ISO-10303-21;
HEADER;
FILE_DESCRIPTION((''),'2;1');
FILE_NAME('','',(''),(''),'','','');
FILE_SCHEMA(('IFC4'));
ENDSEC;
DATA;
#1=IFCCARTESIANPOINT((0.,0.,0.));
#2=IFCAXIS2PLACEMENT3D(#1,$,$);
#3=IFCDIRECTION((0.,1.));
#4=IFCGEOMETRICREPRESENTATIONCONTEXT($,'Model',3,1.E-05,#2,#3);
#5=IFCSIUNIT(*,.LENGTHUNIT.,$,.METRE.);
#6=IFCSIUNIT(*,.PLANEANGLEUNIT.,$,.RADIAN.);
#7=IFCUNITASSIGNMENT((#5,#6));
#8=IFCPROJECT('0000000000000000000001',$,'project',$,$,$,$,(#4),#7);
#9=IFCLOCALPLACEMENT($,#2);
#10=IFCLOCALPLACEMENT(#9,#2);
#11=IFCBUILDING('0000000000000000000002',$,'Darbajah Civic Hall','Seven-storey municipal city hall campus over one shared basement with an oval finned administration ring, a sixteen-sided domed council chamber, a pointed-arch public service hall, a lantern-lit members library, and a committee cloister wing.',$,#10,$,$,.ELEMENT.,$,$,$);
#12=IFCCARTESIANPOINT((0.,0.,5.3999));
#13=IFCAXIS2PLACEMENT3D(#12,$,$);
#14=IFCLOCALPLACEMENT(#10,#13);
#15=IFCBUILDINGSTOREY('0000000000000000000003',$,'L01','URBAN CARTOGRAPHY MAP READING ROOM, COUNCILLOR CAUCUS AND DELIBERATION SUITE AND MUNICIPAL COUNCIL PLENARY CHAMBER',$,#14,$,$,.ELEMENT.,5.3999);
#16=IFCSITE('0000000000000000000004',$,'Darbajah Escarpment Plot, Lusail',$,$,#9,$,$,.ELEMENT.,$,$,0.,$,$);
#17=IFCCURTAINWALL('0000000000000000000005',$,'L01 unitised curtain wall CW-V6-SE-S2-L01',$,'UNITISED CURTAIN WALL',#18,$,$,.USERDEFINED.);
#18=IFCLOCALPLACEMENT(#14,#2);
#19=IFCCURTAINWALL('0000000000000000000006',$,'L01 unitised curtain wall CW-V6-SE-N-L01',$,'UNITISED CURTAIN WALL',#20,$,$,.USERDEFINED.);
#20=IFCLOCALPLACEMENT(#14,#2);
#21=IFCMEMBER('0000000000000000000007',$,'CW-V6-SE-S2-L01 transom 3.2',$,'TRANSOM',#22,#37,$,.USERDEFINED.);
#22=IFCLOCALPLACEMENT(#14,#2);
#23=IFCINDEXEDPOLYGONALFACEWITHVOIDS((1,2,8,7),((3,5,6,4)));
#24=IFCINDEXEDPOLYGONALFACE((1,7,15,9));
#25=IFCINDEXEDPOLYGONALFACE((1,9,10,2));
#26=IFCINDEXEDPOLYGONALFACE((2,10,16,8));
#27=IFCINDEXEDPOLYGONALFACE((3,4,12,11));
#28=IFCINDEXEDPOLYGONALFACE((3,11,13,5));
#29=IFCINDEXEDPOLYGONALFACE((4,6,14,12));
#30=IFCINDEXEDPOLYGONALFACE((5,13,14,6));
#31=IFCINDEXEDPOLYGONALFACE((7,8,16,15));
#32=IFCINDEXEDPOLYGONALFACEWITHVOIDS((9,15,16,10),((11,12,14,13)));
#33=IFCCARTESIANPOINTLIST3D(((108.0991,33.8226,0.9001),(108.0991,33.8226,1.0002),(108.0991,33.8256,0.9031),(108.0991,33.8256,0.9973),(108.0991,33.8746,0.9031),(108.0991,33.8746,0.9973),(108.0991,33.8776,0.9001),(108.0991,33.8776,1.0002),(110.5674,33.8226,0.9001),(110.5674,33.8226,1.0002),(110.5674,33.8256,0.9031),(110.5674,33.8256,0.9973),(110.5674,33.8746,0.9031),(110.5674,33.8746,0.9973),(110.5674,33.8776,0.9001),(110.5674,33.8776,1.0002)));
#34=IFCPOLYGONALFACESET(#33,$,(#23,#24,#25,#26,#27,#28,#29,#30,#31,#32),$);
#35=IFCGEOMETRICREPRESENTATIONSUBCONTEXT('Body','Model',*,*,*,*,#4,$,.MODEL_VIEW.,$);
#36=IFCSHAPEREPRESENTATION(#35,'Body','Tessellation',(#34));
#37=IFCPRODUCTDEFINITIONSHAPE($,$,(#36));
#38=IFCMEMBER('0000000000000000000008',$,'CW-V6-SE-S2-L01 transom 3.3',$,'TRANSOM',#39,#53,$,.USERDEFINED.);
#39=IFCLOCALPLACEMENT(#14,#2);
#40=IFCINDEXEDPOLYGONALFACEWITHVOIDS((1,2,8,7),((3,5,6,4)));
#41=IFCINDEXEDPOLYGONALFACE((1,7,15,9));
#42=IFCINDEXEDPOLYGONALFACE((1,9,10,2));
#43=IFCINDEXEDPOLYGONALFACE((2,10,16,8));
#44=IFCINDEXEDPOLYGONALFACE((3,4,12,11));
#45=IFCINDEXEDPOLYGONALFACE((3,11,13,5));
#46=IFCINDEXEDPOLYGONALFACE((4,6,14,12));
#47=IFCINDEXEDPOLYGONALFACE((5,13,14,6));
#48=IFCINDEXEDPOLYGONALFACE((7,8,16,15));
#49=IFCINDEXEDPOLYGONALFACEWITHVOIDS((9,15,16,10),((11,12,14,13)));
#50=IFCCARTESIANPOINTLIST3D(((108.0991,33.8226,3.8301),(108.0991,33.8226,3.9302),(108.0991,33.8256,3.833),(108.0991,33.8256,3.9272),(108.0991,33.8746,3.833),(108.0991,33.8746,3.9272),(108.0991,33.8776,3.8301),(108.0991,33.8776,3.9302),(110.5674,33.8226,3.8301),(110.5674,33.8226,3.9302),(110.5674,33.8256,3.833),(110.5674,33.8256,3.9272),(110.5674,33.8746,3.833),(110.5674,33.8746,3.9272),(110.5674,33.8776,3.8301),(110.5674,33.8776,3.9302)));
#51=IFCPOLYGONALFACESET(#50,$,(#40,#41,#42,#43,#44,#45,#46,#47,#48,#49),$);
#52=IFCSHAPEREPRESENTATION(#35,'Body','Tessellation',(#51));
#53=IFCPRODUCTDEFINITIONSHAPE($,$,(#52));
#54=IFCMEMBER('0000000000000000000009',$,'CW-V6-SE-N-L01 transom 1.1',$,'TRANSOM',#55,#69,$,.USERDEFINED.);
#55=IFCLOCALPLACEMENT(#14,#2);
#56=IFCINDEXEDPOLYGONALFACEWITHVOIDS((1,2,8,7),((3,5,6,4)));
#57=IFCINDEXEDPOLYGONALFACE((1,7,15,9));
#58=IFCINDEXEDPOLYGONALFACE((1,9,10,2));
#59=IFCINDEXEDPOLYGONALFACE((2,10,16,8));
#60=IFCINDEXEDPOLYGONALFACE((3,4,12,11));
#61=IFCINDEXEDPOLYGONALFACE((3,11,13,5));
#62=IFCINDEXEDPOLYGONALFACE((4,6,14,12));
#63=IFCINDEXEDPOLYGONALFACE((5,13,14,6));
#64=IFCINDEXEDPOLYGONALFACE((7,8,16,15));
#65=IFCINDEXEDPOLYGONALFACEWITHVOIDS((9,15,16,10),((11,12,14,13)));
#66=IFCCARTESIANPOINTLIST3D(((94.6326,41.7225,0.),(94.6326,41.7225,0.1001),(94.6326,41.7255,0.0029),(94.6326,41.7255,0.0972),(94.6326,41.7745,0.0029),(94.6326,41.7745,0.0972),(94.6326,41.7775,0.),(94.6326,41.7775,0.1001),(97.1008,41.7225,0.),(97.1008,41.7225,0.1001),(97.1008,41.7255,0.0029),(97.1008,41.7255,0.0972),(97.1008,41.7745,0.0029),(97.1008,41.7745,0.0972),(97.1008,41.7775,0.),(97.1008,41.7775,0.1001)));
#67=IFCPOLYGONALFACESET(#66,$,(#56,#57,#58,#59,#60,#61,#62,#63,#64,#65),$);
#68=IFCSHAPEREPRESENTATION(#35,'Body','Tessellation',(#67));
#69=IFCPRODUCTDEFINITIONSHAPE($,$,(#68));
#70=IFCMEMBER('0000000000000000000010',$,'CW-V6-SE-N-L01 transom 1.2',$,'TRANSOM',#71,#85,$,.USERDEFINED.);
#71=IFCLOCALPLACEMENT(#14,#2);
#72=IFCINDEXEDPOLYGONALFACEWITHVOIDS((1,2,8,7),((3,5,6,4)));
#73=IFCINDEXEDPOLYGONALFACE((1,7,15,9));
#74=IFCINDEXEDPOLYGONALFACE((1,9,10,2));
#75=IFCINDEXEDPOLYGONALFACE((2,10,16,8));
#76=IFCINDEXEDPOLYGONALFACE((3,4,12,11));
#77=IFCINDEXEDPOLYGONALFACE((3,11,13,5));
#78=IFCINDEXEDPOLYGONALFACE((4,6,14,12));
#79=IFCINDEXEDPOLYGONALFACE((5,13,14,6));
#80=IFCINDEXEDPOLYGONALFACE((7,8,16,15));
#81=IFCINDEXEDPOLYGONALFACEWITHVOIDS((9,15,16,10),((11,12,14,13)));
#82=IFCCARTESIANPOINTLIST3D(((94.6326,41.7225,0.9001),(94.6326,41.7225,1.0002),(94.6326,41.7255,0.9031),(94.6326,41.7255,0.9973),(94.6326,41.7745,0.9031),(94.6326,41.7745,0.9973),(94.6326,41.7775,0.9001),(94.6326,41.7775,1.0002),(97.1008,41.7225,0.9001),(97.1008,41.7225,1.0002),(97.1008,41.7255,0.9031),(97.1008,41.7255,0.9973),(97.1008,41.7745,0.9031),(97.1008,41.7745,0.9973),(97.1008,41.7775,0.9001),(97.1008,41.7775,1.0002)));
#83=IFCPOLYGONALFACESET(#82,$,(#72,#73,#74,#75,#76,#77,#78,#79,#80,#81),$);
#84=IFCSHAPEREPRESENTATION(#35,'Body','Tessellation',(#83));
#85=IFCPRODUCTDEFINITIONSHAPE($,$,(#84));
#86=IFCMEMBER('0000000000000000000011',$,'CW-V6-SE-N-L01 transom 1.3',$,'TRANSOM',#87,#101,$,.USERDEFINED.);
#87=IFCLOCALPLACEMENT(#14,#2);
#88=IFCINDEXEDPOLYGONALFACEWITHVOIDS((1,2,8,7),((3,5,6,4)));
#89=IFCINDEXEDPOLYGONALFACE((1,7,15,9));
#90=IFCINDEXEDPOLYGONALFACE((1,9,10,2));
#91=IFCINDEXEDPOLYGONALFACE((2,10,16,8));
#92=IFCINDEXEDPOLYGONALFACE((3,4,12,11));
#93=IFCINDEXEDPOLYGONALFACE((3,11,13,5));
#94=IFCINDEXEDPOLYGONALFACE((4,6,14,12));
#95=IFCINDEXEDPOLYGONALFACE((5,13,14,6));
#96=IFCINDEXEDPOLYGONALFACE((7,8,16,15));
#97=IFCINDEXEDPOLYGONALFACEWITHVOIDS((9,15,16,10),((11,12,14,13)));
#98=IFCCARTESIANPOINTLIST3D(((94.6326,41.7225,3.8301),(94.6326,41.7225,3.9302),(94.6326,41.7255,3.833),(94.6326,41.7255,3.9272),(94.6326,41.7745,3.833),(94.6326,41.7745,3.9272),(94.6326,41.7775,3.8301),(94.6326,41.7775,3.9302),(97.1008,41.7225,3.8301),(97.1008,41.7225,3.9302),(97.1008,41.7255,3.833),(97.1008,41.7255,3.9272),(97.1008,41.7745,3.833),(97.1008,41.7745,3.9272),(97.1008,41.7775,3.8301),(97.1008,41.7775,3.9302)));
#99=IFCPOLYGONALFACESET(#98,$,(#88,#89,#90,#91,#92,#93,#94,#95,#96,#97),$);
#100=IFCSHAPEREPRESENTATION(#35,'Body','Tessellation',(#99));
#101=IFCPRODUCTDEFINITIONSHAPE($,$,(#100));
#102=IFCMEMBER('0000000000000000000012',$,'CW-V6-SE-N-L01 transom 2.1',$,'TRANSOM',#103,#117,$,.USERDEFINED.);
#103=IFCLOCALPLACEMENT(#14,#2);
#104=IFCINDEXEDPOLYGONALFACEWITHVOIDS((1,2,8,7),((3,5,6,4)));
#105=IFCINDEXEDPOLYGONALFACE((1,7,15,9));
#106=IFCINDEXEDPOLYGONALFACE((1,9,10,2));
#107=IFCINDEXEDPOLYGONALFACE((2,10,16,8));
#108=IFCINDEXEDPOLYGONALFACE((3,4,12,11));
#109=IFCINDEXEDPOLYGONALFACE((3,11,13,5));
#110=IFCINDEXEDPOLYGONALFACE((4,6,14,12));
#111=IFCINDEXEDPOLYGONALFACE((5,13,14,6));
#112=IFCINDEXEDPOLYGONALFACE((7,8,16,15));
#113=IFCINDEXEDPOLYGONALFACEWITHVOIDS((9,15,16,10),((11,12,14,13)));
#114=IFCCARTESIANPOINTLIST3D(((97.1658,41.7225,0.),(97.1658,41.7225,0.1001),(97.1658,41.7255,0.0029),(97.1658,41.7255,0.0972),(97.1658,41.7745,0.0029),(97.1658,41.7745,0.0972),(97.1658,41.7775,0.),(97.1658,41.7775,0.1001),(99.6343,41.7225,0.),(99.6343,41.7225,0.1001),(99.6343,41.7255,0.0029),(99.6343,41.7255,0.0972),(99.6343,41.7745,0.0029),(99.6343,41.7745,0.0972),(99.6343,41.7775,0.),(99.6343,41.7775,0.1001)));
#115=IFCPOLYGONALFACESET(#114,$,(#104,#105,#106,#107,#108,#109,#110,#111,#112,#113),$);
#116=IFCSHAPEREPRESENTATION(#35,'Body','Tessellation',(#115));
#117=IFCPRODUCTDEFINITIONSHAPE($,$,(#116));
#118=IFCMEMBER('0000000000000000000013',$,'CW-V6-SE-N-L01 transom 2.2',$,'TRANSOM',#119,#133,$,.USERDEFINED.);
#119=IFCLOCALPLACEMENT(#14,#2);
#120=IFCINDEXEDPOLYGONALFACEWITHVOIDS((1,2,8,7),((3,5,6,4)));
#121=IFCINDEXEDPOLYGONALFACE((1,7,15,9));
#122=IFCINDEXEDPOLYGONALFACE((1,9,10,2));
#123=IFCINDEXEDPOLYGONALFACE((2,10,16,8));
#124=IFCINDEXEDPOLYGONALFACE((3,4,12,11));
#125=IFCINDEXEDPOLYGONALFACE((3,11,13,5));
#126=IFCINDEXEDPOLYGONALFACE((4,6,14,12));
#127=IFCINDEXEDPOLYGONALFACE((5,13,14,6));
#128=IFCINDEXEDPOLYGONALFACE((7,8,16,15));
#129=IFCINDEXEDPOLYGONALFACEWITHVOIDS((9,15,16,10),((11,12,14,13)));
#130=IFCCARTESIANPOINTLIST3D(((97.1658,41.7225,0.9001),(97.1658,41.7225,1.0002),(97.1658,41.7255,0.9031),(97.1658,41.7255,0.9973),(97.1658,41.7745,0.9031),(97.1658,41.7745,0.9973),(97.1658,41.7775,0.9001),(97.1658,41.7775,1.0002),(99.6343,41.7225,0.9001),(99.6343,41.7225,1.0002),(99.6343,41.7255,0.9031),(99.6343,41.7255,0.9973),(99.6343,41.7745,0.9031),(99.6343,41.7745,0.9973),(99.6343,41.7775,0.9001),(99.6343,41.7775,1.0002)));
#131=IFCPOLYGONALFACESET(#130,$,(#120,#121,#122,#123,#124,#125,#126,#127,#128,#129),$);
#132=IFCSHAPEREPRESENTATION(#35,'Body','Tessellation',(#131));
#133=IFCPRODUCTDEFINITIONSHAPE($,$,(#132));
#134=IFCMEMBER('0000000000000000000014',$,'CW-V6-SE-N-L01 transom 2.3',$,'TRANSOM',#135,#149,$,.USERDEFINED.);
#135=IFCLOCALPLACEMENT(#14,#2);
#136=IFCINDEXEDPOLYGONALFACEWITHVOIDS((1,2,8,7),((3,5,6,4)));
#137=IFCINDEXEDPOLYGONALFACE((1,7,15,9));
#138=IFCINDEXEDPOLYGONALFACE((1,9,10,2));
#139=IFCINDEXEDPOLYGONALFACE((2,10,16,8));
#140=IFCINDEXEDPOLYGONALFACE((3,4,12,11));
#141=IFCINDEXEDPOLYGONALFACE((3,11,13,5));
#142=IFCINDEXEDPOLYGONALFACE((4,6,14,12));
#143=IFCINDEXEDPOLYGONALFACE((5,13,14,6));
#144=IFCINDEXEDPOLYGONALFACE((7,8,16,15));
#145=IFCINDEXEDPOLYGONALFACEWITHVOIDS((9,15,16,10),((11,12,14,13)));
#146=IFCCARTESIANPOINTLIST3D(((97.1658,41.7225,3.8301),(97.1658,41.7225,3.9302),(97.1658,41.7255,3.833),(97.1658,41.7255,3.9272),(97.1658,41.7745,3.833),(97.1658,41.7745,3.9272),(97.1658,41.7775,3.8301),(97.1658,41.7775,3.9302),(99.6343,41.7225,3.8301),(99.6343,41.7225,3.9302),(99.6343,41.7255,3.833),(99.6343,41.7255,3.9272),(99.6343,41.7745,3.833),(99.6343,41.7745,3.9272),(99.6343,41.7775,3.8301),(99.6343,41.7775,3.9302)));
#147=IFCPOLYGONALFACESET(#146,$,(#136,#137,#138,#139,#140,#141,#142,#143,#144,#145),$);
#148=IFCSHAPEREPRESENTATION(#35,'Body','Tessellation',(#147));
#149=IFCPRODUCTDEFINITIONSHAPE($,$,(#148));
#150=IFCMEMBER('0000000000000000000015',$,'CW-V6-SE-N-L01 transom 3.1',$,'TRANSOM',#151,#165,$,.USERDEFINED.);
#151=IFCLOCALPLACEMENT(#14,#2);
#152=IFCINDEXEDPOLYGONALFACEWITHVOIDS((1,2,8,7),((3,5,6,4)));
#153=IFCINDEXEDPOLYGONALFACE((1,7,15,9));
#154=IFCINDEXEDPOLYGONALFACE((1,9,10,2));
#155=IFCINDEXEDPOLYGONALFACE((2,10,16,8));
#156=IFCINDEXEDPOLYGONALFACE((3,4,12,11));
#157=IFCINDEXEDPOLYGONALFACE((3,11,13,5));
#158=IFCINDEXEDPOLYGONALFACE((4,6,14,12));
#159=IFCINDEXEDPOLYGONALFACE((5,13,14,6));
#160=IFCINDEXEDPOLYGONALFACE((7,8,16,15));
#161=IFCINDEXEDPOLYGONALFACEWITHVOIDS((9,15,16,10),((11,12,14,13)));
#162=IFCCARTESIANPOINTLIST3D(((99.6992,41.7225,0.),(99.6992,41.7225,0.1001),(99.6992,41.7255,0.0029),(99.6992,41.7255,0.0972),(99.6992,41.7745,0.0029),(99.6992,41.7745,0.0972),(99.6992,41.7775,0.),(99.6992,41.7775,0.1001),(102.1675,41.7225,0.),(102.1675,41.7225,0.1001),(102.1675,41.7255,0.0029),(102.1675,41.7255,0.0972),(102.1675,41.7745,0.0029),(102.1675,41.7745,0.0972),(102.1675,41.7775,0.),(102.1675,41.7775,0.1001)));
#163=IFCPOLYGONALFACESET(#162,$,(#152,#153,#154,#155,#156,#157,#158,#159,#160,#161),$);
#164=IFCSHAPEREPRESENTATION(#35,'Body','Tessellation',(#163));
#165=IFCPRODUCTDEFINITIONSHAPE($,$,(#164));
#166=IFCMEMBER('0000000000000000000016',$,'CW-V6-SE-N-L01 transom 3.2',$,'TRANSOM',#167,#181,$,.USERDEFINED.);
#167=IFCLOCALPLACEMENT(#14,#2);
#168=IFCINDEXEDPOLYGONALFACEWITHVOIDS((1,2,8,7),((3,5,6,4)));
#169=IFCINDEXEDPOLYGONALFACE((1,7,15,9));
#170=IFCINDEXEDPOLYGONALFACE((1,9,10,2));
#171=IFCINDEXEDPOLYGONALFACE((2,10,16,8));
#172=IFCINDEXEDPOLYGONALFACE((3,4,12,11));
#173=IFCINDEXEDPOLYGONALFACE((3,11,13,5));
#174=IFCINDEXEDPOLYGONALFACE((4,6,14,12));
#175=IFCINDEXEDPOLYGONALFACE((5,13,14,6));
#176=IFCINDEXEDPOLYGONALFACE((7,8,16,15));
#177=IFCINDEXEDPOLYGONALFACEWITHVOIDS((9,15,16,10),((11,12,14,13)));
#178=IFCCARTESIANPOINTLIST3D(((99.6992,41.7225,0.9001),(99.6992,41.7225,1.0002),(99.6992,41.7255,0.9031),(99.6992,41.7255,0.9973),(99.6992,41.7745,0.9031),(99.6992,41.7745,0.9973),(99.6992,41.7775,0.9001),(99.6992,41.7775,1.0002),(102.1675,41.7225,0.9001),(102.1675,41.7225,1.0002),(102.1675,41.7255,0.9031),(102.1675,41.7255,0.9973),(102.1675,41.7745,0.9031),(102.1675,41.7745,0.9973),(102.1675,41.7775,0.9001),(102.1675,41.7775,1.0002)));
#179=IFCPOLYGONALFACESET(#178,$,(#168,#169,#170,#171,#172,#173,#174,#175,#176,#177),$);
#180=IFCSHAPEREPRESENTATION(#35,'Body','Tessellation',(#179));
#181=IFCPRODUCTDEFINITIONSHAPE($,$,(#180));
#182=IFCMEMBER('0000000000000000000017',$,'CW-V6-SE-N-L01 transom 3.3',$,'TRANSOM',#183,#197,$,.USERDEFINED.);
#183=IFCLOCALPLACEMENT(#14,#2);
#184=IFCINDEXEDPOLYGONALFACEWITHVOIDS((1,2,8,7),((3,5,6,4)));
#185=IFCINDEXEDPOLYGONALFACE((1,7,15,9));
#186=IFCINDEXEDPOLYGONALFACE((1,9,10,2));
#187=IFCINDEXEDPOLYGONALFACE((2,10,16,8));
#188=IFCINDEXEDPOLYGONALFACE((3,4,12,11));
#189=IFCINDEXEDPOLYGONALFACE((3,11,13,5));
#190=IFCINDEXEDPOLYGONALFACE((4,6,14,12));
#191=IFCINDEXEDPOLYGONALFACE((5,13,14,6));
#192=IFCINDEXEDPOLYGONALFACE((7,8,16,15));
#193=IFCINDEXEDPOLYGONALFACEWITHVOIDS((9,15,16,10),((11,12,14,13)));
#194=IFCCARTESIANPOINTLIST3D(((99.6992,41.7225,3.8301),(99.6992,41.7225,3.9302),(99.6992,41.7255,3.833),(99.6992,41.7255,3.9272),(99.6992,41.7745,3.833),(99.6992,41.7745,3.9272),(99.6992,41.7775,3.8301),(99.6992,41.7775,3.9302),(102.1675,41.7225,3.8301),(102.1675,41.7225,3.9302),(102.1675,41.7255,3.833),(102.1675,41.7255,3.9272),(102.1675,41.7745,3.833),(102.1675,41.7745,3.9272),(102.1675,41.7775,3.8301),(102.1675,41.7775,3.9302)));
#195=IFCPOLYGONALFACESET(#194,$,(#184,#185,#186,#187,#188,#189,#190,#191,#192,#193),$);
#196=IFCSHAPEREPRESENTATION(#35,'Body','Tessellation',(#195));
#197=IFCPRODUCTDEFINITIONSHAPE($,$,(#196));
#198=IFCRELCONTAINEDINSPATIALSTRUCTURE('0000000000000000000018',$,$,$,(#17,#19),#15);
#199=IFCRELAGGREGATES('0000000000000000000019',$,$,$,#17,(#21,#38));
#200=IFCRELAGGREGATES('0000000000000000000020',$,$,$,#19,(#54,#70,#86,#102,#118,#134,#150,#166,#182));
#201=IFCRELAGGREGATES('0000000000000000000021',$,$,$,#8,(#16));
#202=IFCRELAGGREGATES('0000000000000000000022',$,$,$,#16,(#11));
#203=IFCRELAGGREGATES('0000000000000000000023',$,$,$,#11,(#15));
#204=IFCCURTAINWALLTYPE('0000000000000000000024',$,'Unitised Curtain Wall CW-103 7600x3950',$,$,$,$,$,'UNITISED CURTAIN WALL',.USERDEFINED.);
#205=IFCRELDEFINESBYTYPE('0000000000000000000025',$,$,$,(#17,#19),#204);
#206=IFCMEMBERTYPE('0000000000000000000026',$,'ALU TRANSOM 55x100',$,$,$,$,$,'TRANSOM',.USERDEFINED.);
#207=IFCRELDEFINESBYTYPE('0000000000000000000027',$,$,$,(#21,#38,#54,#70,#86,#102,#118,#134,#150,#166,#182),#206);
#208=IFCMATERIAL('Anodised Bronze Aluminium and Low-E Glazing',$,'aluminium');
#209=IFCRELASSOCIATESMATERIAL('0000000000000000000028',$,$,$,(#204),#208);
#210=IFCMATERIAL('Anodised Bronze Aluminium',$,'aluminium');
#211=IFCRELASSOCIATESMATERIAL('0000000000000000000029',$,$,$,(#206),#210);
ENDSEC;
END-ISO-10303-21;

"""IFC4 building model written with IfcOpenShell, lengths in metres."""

from ifc_helpers import new_model, si_unit, direction, frame, origin, origin_2d, place, context, subcontext, project, spatial, hollow_rectangle, extrude, material, material_profile, profile_set, type_object, element, aggregate, save


model = new_model("IFC4")

# Units and contexts
model_context = context("Model", 3, precision=1e-05, world=origin(), true_north=direction((0.0, 1.0)))
body_context = subcontext(model_context, "Body", "Model", "MODEL_VIEW")
ifc_project = project(units=[si_unit("LENGTHUNIT", "METRE"), si_unit("PLANEANGLEUNIT", "RADIAN")], contexts=[model_context])

# Site, building, storey
site_placement = place(None, origin())
site = spatial("IfcSite", under=ifc_project, at=site_placement, Name="Darbajah Escarpment Plot, Lusail", CompositionType="ELEMENT", RefElevation=0.0)
building_placement = place(site_placement, origin())
building = spatial("IfcBuilding", under=site, at=building_placement, Name="Darbajah Civic Hall", Description="Seven-storey municipal city hall campus over one shared basement with an oval finned administration ring, a sixteen-sided domed council chamber, a pointed-arch public service hall, a lantern-lit members library, and a committee cloister wing.", CompositionType="ELEMENT")
storey_placement = place(building_placement, frame((0.0, 0.0, 5.3999)))
storey = spatial("IfcBuildingStorey", under=building, at=storey_placement, Name="L01", Description="URBAN CARTOGRAPHY MAP READING ROOM, COUNCILLOR CAUCUS AND DELIBERATION SUITE AND MUNICIPAL COUNCIL PLENARY CHAMBER", CompositionType="ELEMENT", Elevation=5.3999)

# Curtain walls
ifc_material_1 = material(Name="Anodised Bronze Aluminium and Low-E Glazing", Category="aluminium")
curtain_wall_type = type_object("IfcCurtainWallType", Name="Unitised Curtain Wall CW-103 7600x3950", ElementType="UNITISED CURTAIN WALL", PredefinedType="USERDEFINED", material=ifc_material_1)
curtain_wall_1_placement = place(storey_placement, origin())
curtain_wall_1 = element("IfcCurtainWall", 1, at=curtain_wall_1_placement, inside=storey, type_object=curtain_wall_type, Name="L01 unitised curtain wall CW-V6-SE-S2-L01", ObjectType="UNITISED CURTAIN WALL", PredefinedType="USERDEFINED")
ifc_material_2 = material(Name="Anodised Bronze Aluminium", Category="aluminium")
curtain_wall_2_placement = place(storey_placement, origin())
curtain_wall_2 = element("IfcCurtainWall", 2, at=curtain_wall_2_placement, inside=storey, type_object=curtain_wall_type, Name="L01 unitised curtain wall CW-V6-SE-N-L01", ObjectType="UNITISED CURTAIN WALL", PredefinedType="USERDEFINED")

# Members
ifc_material_profile_1 = material_profile(ifc_material_2, hollow_rectangle(XDim=0.0549, YDim=0.1001, WallThickness=0.0029, at=origin_2d()), Name="ALU TRANSOM 55x100")
ifc_profile_set_1 = profile_set([ifc_material_profile_1], Name="Anodised Bronze Aluminium")
member_type_1 = type_object("IfcMemberType", Name="ALU TRANSOM 55x100", ElementType="TRANSOM", PredefinedType="USERDEFINED", material=ifc_profile_set_1)
member_1_placement = place(storey_placement, frame((108.0991, 33.8501, 0.9502), z_axis=(1.0, 0.0, 0.0), x_axis=(0.0, 1.0, 0.0)))
member_1 = element("IfcMember", 3, at=member_1_placement, type_object=member_type_1, Name="CW-V6-SE-S2-L01 transom 3.2", ObjectType="TRANSOM", PredefinedType="USERDEFINED", context=body_context, shape_type="SweptSolid", body=[
    extrude(hollow_rectangle(XDim=0.0549, YDim=0.1001, WallThickness=0.0029, at=origin_2d()), origin(), (0.0, 0.0, 1.0), 2.4683),
])
member_2_placement = place(storey_placement, frame((108.0991, 33.8501, 3.8801), z_axis=(1.0, 0.0, 0.0), x_axis=(0.0, 1.0, 0.0)))
member_2 = element("IfcMember", 4, at=member_2_placement, type_object=member_type_1, Name="CW-V6-SE-S2-L01 transom 3.3", ObjectType="TRANSOM", PredefinedType="USERDEFINED", context=body_context, shape_type="SweptSolid", body=[
    extrude(hollow_rectangle(XDim=0.0549, YDim=0.1001, WallThickness=0.0029, at=origin_2d()), origin(), (0.0, 0.0, 1.0), 2.4683),
])
member_3_placement = place(storey_placement, frame((94.6326, 41.75, 0.05), z_axis=(1.0, 0.0, 0.0), x_axis=(0.0, 1.0, 0.0)))
member_3 = element("IfcMember", 5, at=member_3_placement, type_object=member_type_1, Name="CW-V6-SE-N-L01 transom 1.1", ObjectType="TRANSOM", PredefinedType="USERDEFINED", context=body_context, shape_type="SweptSolid", body=[
    extrude(hollow_rectangle(XDim=0.0549, YDim=0.1001, WallThickness=0.0029, at=origin_2d()), origin(), (0.0, 0.0, 1.0), 2.4683),
])
member_4_placement = place(storey_placement, frame((94.6326, 41.75, 0.9502), z_axis=(1.0, 0.0, 0.0), x_axis=(0.0, 1.0, 0.0)))
member_4 = element("IfcMember", 6, at=member_4_placement, type_object=member_type_1, Name="CW-V6-SE-N-L01 transom 1.2", ObjectType="TRANSOM", PredefinedType="USERDEFINED", context=body_context, shape_type="SweptSolid", body=[
    extrude(hollow_rectangle(XDim=0.0549, YDim=0.1001, WallThickness=0.0029, at=origin_2d()), origin(), (0.0, 0.0, 1.0), 2.4683),
])
member_5_placement = place(storey_placement, frame((94.6326, 41.75, 3.8801), z_axis=(1.0, 0.0, 0.0), x_axis=(0.0, 1.0, 0.0)))
member_5 = element("IfcMember", 7, at=member_5_placement, type_object=member_type_1, Name="CW-V6-SE-N-L01 transom 1.3", ObjectType="TRANSOM", PredefinedType="USERDEFINED", context=body_context, shape_type="SweptSolid", body=[
    extrude(hollow_rectangle(XDim=0.0549, YDim=0.1001, WallThickness=0.0029, at=origin_2d()), origin(), (0.0, 0.0, 1.0), 2.4683),
])
member_6_placement = place(storey_placement, frame((97.1658, 41.75, 0.05), z_axis=(1.0, 0.0, 0.0), x_axis=(0.0, 1.0, 0.0)))
member_6 = element("IfcMember", 8, at=member_6_placement, type_object=member_type_1, Name="CW-V6-SE-N-L01 transom 2.1", ObjectType="TRANSOM", PredefinedType="USERDEFINED", context=body_context, shape_type="SweptSolid", body=[
    extrude(hollow_rectangle(XDim=0.0549, YDim=0.1001, WallThickness=0.0029, at=origin_2d()), origin(), (0.0, 0.0, 1.0), 2.4685),
])
member_7_placement = place(storey_placement, frame((97.1658, 41.75, 0.9502), z_axis=(1.0, 0.0, 0.0), x_axis=(0.0, 1.0, 0.0)))
member_7 = element("IfcMember", 9, at=member_7_placement, type_object=member_type_1, Name="CW-V6-SE-N-L01 transom 2.2", ObjectType="TRANSOM", PredefinedType="USERDEFINED", context=body_context, shape_type="SweptSolid", body=[
    extrude(hollow_rectangle(XDim=0.0549, YDim=0.1001, WallThickness=0.0029, at=origin_2d()), origin(), (0.0, 0.0, 1.0), 2.4685),
])
member_8_placement = place(storey_placement, frame((97.1658, 41.75, 3.8801), z_axis=(1.0, 0.0, 0.0), x_axis=(0.0, 1.0, 0.0)))
member_8 = element("IfcMember", 10, at=member_8_placement, type_object=member_type_1, Name="CW-V6-SE-N-L01 transom 2.3", ObjectType="TRANSOM", PredefinedType="USERDEFINED", context=body_context, shape_type="SweptSolid", body=[
    extrude(hollow_rectangle(XDim=0.0549, YDim=0.1001, WallThickness=0.0029, at=origin_2d()), origin(), (0.0, 0.0, 1.0), 2.4685),
])
member_9_placement = place(storey_placement, frame((99.6992, 41.75, 0.05), z_axis=(1.0, 0.0, 0.0), x_axis=(0.0, 1.0, 0.0)))
member_9 = element("IfcMember", 11, at=member_9_placement, type_object=member_type_1, Name="CW-V6-SE-N-L01 transom 3.1", ObjectType="TRANSOM", PredefinedType="USERDEFINED", context=body_context, shape_type="SweptSolid", body=[
    extrude(hollow_rectangle(XDim=0.0549, YDim=0.1001, WallThickness=0.0029, at=origin_2d()), origin(), (0.0, 0.0, 1.0), 2.4683),
])
member_10_placement = place(storey_placement, frame((99.6992, 41.75, 0.9502), z_axis=(1.0, 0.0, 0.0), x_axis=(0.0, 1.0, 0.0)))
member_10 = element("IfcMember", 12, at=member_10_placement, type_object=member_type_1, Name="CW-V6-SE-N-L01 transom 3.2", ObjectType="TRANSOM", PredefinedType="USERDEFINED", context=body_context, shape_type="SweptSolid", body=[
    extrude(hollow_rectangle(XDim=0.0549, YDim=0.1001, WallThickness=0.0029, at=origin_2d()), origin(), (0.0, 0.0, 1.0), 2.4683),
])
member_11_placement = place(storey_placement, frame((99.6992, 41.75, 3.8801), z_axis=(1.0, 0.0, 0.0), x_axis=(0.0, 1.0, 0.0)))
member_11 = element("IfcMember", 13, at=member_11_placement, type_object=member_type_1, Name="CW-V6-SE-N-L01 transom 3.3", ObjectType="TRANSOM", PredefinedType="USERDEFINED", context=body_context, shape_type="SweptSolid", body=[
    extrude(hollow_rectangle(XDim=0.0549, YDim=0.1001, WallThickness=0.0029, at=origin_2d()), origin(), (0.0, 0.0, 1.0), 2.4683),
])

aggregate(curtain_wall_1, [member_1, member_2])
aggregate(curtain_wall_2, [member_3, member_4, member_5, member_6, member_7, member_8, member_9, member_10, member_11])

save(model, "model.ifc")
